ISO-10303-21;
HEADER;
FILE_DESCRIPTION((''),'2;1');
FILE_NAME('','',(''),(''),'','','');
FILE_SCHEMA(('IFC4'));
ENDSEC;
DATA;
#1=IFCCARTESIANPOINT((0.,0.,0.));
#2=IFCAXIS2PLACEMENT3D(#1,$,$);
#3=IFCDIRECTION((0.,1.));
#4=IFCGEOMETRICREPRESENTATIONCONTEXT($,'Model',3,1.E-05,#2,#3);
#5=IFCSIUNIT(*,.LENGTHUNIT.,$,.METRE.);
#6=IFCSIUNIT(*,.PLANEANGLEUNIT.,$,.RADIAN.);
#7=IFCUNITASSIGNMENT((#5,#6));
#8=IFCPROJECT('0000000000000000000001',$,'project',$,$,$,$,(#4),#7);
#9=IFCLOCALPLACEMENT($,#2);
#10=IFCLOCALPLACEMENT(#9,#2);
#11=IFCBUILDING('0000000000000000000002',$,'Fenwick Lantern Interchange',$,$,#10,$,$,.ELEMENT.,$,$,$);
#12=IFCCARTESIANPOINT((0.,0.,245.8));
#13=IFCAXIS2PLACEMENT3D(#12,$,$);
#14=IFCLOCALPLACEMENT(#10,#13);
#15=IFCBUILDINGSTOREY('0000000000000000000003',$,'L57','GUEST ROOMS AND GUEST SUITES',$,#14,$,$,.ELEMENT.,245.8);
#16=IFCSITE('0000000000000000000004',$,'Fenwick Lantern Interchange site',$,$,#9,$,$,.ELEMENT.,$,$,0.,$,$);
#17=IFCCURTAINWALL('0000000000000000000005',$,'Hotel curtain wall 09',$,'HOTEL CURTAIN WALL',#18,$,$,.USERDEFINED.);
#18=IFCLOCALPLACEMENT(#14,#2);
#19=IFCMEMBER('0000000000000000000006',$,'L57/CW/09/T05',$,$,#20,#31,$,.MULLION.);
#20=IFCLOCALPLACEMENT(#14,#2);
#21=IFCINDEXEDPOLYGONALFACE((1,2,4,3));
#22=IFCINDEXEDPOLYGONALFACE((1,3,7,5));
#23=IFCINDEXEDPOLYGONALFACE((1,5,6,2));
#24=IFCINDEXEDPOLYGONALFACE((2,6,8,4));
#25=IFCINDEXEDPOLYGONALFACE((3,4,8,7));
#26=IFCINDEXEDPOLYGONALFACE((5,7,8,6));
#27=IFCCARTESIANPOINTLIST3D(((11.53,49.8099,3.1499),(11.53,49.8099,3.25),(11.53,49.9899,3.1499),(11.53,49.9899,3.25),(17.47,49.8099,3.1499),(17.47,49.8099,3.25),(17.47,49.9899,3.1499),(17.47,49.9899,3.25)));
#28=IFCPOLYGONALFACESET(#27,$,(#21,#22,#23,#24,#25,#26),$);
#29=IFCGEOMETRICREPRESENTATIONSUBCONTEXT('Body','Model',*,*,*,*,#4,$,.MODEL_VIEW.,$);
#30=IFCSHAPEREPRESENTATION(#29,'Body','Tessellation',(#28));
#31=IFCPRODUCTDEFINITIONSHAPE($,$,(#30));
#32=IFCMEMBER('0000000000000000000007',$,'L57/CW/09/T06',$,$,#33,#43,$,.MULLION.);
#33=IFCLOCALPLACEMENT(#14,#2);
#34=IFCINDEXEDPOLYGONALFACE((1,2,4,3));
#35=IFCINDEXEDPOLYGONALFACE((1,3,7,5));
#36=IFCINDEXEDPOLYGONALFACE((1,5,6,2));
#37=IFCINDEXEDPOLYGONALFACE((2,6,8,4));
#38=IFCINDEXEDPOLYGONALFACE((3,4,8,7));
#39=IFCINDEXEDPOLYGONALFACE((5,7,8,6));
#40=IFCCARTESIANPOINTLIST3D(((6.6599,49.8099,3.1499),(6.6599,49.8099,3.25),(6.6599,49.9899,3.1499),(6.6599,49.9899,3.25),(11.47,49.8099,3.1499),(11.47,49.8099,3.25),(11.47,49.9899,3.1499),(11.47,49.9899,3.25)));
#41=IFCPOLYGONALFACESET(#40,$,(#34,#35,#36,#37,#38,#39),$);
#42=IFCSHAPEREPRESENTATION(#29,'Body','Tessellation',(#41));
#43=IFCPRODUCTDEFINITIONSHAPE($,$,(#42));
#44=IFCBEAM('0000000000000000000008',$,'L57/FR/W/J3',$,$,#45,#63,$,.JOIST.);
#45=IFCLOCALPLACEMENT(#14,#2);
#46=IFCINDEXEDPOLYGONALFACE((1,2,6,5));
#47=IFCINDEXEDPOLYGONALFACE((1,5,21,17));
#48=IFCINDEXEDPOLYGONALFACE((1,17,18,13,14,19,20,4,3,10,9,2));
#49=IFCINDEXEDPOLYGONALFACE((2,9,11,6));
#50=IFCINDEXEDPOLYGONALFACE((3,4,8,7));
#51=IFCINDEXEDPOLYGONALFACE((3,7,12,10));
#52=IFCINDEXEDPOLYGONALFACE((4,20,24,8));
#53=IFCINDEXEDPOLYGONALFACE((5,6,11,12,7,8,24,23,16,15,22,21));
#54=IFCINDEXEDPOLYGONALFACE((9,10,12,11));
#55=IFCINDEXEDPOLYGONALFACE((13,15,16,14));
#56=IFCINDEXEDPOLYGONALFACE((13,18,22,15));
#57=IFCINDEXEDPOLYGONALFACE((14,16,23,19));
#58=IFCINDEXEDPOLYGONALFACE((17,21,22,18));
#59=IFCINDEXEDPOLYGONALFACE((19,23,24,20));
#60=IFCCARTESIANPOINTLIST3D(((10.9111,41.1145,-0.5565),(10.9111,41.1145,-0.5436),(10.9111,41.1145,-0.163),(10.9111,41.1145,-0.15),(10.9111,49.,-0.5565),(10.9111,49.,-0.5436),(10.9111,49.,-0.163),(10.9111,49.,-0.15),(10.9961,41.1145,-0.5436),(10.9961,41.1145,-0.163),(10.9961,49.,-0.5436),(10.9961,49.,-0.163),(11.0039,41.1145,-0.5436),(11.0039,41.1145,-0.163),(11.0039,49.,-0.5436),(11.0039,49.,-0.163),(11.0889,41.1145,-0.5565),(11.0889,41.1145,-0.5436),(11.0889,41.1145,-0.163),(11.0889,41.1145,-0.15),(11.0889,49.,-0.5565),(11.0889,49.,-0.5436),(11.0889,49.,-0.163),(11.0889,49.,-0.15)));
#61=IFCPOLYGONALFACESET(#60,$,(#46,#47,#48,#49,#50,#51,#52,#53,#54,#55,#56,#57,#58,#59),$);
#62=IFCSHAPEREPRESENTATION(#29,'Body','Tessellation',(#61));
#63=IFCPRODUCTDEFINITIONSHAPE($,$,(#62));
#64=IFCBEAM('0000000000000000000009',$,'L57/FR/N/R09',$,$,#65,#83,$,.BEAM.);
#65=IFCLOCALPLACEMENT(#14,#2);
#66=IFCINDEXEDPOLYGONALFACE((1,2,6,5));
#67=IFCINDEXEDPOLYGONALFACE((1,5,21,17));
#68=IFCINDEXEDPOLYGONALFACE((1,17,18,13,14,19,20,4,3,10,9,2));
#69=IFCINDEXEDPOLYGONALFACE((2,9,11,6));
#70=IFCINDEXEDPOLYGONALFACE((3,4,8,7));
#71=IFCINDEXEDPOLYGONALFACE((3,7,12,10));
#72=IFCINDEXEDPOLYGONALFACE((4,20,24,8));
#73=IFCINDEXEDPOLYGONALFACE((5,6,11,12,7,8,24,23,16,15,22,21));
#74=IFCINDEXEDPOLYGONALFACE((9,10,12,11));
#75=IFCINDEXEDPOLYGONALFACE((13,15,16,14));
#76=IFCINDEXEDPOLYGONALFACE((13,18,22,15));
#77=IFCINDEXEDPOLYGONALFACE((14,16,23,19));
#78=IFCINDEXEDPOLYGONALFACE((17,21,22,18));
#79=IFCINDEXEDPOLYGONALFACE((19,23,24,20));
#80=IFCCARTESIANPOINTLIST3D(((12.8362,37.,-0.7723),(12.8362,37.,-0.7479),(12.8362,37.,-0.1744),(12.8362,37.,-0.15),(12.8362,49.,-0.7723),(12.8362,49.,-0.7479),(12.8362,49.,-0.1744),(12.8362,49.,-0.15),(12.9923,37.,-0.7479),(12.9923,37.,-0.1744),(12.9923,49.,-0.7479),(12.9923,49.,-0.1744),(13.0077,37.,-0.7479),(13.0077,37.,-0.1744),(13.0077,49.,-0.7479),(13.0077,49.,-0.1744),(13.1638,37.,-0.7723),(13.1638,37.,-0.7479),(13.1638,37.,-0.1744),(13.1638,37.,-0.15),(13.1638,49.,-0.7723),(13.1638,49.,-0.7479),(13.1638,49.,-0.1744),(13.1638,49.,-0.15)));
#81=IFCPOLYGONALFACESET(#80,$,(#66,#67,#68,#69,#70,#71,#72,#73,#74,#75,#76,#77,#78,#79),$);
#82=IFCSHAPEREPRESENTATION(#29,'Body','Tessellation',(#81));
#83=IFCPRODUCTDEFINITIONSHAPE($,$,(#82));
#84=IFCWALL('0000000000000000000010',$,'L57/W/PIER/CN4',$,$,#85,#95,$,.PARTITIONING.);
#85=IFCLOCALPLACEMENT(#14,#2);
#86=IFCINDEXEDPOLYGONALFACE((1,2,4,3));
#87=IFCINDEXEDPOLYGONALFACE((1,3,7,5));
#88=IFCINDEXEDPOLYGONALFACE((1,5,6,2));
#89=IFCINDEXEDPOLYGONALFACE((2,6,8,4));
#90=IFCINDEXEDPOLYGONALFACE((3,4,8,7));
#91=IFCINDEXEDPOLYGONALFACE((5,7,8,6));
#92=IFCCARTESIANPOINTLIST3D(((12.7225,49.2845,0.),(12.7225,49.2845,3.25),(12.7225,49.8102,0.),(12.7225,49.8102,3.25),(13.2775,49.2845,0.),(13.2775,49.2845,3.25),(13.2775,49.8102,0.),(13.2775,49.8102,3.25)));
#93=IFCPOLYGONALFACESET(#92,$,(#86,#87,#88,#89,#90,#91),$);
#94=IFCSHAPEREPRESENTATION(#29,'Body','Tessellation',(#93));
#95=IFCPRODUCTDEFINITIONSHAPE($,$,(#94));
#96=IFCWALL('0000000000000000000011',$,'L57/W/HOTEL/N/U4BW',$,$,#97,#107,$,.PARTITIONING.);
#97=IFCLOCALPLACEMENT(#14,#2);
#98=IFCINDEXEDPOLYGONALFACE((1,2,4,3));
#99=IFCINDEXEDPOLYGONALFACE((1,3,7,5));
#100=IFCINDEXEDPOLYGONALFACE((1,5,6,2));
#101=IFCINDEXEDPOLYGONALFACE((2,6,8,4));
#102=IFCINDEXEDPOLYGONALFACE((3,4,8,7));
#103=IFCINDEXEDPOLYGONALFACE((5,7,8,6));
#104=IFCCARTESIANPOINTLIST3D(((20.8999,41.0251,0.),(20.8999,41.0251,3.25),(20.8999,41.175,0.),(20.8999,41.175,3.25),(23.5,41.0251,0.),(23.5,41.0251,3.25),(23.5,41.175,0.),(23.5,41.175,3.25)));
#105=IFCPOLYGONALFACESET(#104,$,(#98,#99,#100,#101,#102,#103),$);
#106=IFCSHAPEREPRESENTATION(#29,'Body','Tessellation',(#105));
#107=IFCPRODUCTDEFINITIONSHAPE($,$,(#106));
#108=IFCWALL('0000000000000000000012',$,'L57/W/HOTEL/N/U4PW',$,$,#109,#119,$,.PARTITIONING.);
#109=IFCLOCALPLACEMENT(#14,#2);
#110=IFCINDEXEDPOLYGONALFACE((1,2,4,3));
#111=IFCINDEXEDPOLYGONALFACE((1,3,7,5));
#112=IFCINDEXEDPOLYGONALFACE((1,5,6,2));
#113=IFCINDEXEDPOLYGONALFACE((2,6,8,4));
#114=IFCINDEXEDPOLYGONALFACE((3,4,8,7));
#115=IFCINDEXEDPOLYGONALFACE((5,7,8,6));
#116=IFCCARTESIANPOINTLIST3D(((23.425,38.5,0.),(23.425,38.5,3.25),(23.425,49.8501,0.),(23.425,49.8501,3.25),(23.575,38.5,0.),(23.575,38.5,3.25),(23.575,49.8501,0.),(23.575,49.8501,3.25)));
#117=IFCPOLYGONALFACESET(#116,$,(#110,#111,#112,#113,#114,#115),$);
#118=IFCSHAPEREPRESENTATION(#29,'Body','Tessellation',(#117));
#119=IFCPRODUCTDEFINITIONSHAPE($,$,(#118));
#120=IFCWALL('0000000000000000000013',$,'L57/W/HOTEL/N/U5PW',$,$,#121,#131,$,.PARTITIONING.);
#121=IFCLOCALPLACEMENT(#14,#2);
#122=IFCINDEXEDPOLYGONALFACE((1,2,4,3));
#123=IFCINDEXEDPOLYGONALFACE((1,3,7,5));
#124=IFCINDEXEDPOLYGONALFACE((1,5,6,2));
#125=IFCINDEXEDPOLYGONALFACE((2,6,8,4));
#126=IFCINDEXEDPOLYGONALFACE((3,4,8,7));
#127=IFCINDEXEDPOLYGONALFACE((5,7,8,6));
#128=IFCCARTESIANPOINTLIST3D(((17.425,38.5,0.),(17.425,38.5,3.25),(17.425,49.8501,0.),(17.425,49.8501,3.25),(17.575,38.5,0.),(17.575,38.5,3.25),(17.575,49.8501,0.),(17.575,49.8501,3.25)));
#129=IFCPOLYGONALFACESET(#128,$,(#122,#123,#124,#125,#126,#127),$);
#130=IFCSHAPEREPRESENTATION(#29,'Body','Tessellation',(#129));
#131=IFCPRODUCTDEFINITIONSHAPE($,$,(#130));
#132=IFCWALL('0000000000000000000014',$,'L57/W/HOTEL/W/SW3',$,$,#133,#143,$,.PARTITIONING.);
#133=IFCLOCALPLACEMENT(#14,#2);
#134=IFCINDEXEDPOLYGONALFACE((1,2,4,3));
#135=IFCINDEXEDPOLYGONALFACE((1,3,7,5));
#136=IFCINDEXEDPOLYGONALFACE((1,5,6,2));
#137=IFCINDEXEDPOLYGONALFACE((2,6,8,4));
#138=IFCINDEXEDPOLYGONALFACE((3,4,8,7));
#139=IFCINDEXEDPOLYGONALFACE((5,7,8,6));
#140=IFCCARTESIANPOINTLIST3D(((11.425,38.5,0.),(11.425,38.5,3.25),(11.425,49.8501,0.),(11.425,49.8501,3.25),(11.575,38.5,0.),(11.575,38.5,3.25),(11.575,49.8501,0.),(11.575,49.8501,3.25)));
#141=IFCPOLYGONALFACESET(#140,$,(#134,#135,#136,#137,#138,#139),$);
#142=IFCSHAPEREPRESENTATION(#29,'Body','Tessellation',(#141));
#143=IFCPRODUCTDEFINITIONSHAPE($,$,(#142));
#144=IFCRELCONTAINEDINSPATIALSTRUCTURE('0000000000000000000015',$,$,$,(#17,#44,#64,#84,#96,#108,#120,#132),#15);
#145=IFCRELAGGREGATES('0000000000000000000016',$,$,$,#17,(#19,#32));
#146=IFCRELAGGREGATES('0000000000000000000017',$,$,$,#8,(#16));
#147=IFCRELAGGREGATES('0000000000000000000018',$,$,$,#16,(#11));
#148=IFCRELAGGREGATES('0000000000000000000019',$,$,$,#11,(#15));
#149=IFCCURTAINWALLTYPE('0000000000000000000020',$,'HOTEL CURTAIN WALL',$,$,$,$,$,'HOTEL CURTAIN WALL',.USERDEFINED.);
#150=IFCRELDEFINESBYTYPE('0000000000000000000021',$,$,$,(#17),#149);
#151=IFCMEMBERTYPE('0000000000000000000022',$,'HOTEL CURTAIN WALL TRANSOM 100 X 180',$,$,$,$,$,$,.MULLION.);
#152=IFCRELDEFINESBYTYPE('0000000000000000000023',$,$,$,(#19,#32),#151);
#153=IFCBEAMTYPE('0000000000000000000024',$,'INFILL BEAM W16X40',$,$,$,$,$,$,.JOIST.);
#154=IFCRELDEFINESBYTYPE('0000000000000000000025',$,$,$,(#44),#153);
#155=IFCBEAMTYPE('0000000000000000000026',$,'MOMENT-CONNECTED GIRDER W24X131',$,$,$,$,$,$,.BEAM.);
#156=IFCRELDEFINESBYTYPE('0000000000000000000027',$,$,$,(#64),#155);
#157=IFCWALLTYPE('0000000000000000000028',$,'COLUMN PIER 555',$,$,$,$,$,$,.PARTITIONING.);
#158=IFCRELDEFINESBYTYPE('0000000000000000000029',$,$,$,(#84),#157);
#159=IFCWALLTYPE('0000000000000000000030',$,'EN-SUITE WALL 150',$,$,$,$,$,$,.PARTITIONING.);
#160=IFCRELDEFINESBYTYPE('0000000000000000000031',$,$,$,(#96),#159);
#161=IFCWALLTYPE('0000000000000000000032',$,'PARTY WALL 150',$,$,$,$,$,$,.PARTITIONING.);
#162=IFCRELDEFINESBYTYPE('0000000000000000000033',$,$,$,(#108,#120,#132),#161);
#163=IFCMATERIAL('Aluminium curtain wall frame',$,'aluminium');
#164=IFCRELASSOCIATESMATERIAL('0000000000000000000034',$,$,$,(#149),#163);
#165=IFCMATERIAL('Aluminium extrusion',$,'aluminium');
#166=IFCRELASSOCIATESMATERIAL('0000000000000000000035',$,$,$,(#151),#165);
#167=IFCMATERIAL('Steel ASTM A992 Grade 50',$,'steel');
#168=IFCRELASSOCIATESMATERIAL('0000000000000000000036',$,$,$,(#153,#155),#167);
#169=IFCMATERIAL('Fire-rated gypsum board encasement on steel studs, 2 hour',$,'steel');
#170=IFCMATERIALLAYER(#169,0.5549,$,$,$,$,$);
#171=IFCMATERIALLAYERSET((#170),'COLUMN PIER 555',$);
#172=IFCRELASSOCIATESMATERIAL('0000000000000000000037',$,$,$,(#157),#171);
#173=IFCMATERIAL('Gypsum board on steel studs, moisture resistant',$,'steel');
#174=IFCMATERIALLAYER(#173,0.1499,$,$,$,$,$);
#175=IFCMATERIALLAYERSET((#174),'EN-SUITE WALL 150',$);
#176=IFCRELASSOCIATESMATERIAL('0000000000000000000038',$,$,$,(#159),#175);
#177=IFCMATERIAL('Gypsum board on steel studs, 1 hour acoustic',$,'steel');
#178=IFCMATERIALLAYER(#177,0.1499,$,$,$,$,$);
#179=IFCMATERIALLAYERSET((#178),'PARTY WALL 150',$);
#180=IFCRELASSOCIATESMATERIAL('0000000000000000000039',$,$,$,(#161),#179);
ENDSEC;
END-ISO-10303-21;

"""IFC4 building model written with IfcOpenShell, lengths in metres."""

from ifc_helpers import new_model, si_unit, direction, frame, frame_2d, origin, origin_2d, place, context, subcontext, project, spatial, rectangle, i_section, extrude, material, layer, layer_set, material_profile, profile_set, type_object, element, aggregate, save


model = new_model("IFC4")

# Units and contexts
model_context = context("Model", 3, precision=1e-05, world=origin(), true_north=direction((0.0, 1.0)))
body_context = subcontext(model_context, "Body", "Model", "MODEL_VIEW")
ifc_project = project(units=[si_unit("LENGTHUNIT", "METRE"), si_unit("PLANEANGLEUNIT", "RADIAN")], contexts=[model_context])

# Site, building, storey
site_placement = place(None, origin())
site = spatial("IfcSite", under=ifc_project, at=site_placement, Name="Fenwick Lantern Interchange site", CompositionType="ELEMENT", RefElevation=0.0)
building_placement = place(site_placement, origin())
building = spatial("IfcBuilding", under=site, at=building_placement, Name="Fenwick Lantern Interchange", CompositionType="ELEMENT")
storey_placement = place(building_placement, frame((0.0, 0.0, 245.8)))
storey = spatial("IfcBuildingStorey", under=building, at=storey_placement, Name="L57", Description="GUEST ROOMS AND GUEST SUITES", CompositionType="ELEMENT", Elevation=245.8)

# Shared definitions
ifc_material_1 = material(Name="Steel ASTM A992 Grade 50", Category="steel")

# Curtain wall, members
ifc_material_2 = material(Name="Aluminium curtain wall frame", Category="aluminium")
curtain_wall_type = type_object("IfcCurtainWallType", Name="HOTEL CURTAIN WALL", ElementType="HOTEL CURTAIN WALL", PredefinedType="USERDEFINED", material=ifc_material_2)
curtain_wall_placement = place(storey_placement, origin())
curtain_wall = element("IfcCurtainWall", 1, at=curtain_wall_placement, inside=storey, type_object=curtain_wall_type, Name="Hotel curtain wall 09", ObjectType="HOTEL CURTAIN WALL", PredefinedType="USERDEFINED")
ifc_material_3 = material(Name="Aluminium extrusion", Category="aluminium")
ifc_material_profile_1 = material_profile(ifc_material_3, rectangle(XDim=0.1799, YDim=0.1001, at=origin_2d()), Name="HOTEL CURTAIN WALL TRANSOM 100 X 180")
ifc_profile_set_1 = profile_set([ifc_material_profile_1], Name="Aluminium extrusion")
member_type_1 = type_object("IfcMemberType", Name="HOTEL CURTAIN WALL TRANSOM 100 X 180", PredefinedType="MULLION", material=ifc_profile_set_1)
member_1_placement = place(storey_placement, frame((17.47, 49.8999, 3.2), z_axis=(-1.0, 0.0, 0.0), x_axis=(0.0, -1.0, 0.0)))
member_1 = element("IfcMember", 2, at=member_1_placement, type_object=member_type_1, Name="L57/CW/09/T05", PredefinedType="MULLION", context=body_context, shape_type="SweptSolid", body=[
    extrude(rectangle(XDim=0.1799, YDim=0.1001, at=origin_2d()), origin(), (0.0, 0.0, 1.0), 5.9399),
])
member_2_placement = place(storey_placement, frame((11.47, 49.8999, 3.2), z_axis=(-1.0, 0.0, 0.0), x_axis=(0.0, -1.0, 0.0)))
member_2 = element("IfcMember", 3, at=member_2_placement, type_object=member_type_1, Name="L57/CW/09/T06", PredefinedType="MULLION", context=body_context, shape_type="SweptSolid", body=[
    extrude(rectangle(XDim=0.1799, YDim=0.1001, at=origin_2d()), origin(), (0.0, 0.0, 1.0), 4.8101),
])
aggregate(curtain_wall, [member_1, member_2])

# Beams
ifc_material_profile_2 = material_profile(ifc_material_1, i_section(OverallWidth=0.1777, OverallDepth=0.4065, WebThickness=0.0078, FlangeThickness=0.0129, at=origin_2d()), Name="W16X40")
ifc_profile_set_2 = profile_set([ifc_material_profile_2], Name="Steel ASTM A992 Grade 50")
beam_type_1 = type_object("IfcBeamType", Name="INFILL BEAM W16X40", PredefinedType="JOIST", material=ifc_profile_set_2)
beam_1_placement = place(storey_placement, frame((11.0, 49.0, -0.3533), z_axis=(0.0, -1.0, 0.0), x_axis=(1.0, 0.0, 0.0)))
element("IfcBeam", 4, at=beam_1_placement, inside=storey, type_object=beam_type_1, Name="L57/FR/W/J3", PredefinedType="JOIST", context=body_context, shape_type="SweptSolid", body=[
    extrude(i_section(OverallWidth=0.1777, OverallDepth=0.4065, WebThickness=0.0078, FlangeThickness=0.0129, at=origin_2d()), origin(), (0.0, 0.0, 1.0), 7.8855),
])
ifc_material_profile_3 = material_profile(ifc_material_1, i_section(OverallWidth=0.3276, OverallDepth=0.6223, WebThickness=0.0154, FlangeThickness=0.0244, at=origin_2d()), Name="W24X131")
ifc_profile_set_3 = profile_set([ifc_material_profile_3], Name="Steel ASTM A992 Grade 50")
beam_type_2 = type_object("IfcBeamType", Name="MOMENT-CONNECTED GIRDER W24X131", PredefinedType="BEAM", material=ifc_profile_set_3)
beam_2_placement = place(storey_placement, frame((13.0, 49.0, -0.4612), z_axis=(0.0, -1.0, 0.0), x_axis=(1.0, 0.0, 0.0)))
element("IfcBeam", 5, at=beam_2_placement, inside=storey, type_object=beam_type_2, Name="L57/FR/N/R09", PredefinedType="BEAM", context=body_context, shape_type="SweptSolid", body=[
    extrude(i_section(OverallWidth=0.3276, OverallDepth=0.6223, WebThickness=0.0154, FlangeThickness=0.0244, at=origin_2d()), origin(), (0.0, 0.0, 1.0), 12.0),
])

# Walls
ifc_material_4 = material(Name="Fire-rated gypsum board encasement on steel studs, 2 hour", Category="steel")
ifc_layer_1 = layer(ifc_material_4, 0.5549)
ifc_layer_set_1 = layer_set([ifc_layer_1], Name="COLUMN PIER 555")
wall_type_1 = type_object("IfcWallType", Name="COLUMN PIER 555", PredefinedType="PARTITIONING", material=ifc_layer_set_1)
wall_1_placement = place(storey_placement, frame((13.0, 49.8101, 0.0), z_axis=(0.0, 0.0, 1.0), x_axis=(0.0, -1.0, 0.0)))
element("IfcWall", 6, at=wall_1_placement, inside=storey, type_object=wall_type_1, Name="L57/W/PIER/CN4", PredefinedType="PARTITIONING", context=body_context, shape_type="SweptSolid", body=[
    extrude(rectangle(XDim=0.5256, YDim=0.5549, at=frame_2d((0.2627, 0.0))), origin(), (0.0, 0.0, 1.0), 3.25),
])
ifc_material_5 = material(Name="Gypsum board on steel studs, moisture resistant", Category="steel")
ifc_layer_2 = layer(ifc_material_5, 0.1499)
ifc_layer_set_2 = layer_set([ifc_layer_2], Name="EN-SUITE WALL 150")
wall_type_2 = type_object("IfcWallType", Name="EN-SUITE WALL 150", PredefinedType="PARTITIONING", material=ifc_layer_set_2)
wall_2_placement = place(storey_placement, frame((23.5, 41.1001, 0.0), z_axis=(0.0, 0.0, 1.0), x_axis=(-1.0, 0.0, 0.0)))
element("IfcWall", 7, at=wall_2_placement, inside=storey, type_object=wall_type_2, Name="L57/W/HOTEL/N/U4BW", PredefinedType="PARTITIONING", context=body_context, shape_type="SweptSolid", body=[
    extrude(rectangle(XDim=2.6001, YDim=0.1499, at=frame_2d((1.3, 0.0))), origin(), (0.0, 0.0, 1.0), 3.25),
])
ifc_material_6 = material(Name="Gypsum board on steel studs, 1 hour acoustic", Category="steel")
ifc_layer_3 = layer(ifc_material_6, 0.1499)
ifc_layer_set_3 = layer_set([ifc_layer_3], Name="PARTY WALL 150")
wall_type_3 = type_object("IfcWallType", Name="PARTY WALL 150", PredefinedType="PARTITIONING", material=ifc_layer_set_3)
for number, where, z_axis, x_axis, name in (
    (8, (23.5, 49.8501, 0.0), (0.0, 0.0, 1.0), (0.0, -1.0, 0.0), "L57/W/HOTEL/N/U4PW"),
    (9, (17.5, 49.8501, 0.0), (0.0, 0.0, 1.0), (0.0, -1.0, 0.0), "L57/W/HOTEL/N/U5PW"),
    (10, (11.5, 49.8501, 0.0), (0.0, 0.0, 1.0), (0.0, -1.0, 0.0), "L57/W/HOTEL/W/SW3"),
):
    element("IfcWall", number, at=place(storey_placement, frame(where, z_axis=z_axis, x_axis=x_axis)), inside=storey, type_object=wall_type_3, Name=name, PredefinedType="PARTITIONING", context=body_context, shape_type="SweptSolid", body=[
        extrude(rectangle(XDim=11.3501, YDim=0.1499, at=frame_2d((5.675, 0.0))), origin(), (0.0, 0.0, 1.0), 3.25),
    ])

save(model, "model.ifc")
